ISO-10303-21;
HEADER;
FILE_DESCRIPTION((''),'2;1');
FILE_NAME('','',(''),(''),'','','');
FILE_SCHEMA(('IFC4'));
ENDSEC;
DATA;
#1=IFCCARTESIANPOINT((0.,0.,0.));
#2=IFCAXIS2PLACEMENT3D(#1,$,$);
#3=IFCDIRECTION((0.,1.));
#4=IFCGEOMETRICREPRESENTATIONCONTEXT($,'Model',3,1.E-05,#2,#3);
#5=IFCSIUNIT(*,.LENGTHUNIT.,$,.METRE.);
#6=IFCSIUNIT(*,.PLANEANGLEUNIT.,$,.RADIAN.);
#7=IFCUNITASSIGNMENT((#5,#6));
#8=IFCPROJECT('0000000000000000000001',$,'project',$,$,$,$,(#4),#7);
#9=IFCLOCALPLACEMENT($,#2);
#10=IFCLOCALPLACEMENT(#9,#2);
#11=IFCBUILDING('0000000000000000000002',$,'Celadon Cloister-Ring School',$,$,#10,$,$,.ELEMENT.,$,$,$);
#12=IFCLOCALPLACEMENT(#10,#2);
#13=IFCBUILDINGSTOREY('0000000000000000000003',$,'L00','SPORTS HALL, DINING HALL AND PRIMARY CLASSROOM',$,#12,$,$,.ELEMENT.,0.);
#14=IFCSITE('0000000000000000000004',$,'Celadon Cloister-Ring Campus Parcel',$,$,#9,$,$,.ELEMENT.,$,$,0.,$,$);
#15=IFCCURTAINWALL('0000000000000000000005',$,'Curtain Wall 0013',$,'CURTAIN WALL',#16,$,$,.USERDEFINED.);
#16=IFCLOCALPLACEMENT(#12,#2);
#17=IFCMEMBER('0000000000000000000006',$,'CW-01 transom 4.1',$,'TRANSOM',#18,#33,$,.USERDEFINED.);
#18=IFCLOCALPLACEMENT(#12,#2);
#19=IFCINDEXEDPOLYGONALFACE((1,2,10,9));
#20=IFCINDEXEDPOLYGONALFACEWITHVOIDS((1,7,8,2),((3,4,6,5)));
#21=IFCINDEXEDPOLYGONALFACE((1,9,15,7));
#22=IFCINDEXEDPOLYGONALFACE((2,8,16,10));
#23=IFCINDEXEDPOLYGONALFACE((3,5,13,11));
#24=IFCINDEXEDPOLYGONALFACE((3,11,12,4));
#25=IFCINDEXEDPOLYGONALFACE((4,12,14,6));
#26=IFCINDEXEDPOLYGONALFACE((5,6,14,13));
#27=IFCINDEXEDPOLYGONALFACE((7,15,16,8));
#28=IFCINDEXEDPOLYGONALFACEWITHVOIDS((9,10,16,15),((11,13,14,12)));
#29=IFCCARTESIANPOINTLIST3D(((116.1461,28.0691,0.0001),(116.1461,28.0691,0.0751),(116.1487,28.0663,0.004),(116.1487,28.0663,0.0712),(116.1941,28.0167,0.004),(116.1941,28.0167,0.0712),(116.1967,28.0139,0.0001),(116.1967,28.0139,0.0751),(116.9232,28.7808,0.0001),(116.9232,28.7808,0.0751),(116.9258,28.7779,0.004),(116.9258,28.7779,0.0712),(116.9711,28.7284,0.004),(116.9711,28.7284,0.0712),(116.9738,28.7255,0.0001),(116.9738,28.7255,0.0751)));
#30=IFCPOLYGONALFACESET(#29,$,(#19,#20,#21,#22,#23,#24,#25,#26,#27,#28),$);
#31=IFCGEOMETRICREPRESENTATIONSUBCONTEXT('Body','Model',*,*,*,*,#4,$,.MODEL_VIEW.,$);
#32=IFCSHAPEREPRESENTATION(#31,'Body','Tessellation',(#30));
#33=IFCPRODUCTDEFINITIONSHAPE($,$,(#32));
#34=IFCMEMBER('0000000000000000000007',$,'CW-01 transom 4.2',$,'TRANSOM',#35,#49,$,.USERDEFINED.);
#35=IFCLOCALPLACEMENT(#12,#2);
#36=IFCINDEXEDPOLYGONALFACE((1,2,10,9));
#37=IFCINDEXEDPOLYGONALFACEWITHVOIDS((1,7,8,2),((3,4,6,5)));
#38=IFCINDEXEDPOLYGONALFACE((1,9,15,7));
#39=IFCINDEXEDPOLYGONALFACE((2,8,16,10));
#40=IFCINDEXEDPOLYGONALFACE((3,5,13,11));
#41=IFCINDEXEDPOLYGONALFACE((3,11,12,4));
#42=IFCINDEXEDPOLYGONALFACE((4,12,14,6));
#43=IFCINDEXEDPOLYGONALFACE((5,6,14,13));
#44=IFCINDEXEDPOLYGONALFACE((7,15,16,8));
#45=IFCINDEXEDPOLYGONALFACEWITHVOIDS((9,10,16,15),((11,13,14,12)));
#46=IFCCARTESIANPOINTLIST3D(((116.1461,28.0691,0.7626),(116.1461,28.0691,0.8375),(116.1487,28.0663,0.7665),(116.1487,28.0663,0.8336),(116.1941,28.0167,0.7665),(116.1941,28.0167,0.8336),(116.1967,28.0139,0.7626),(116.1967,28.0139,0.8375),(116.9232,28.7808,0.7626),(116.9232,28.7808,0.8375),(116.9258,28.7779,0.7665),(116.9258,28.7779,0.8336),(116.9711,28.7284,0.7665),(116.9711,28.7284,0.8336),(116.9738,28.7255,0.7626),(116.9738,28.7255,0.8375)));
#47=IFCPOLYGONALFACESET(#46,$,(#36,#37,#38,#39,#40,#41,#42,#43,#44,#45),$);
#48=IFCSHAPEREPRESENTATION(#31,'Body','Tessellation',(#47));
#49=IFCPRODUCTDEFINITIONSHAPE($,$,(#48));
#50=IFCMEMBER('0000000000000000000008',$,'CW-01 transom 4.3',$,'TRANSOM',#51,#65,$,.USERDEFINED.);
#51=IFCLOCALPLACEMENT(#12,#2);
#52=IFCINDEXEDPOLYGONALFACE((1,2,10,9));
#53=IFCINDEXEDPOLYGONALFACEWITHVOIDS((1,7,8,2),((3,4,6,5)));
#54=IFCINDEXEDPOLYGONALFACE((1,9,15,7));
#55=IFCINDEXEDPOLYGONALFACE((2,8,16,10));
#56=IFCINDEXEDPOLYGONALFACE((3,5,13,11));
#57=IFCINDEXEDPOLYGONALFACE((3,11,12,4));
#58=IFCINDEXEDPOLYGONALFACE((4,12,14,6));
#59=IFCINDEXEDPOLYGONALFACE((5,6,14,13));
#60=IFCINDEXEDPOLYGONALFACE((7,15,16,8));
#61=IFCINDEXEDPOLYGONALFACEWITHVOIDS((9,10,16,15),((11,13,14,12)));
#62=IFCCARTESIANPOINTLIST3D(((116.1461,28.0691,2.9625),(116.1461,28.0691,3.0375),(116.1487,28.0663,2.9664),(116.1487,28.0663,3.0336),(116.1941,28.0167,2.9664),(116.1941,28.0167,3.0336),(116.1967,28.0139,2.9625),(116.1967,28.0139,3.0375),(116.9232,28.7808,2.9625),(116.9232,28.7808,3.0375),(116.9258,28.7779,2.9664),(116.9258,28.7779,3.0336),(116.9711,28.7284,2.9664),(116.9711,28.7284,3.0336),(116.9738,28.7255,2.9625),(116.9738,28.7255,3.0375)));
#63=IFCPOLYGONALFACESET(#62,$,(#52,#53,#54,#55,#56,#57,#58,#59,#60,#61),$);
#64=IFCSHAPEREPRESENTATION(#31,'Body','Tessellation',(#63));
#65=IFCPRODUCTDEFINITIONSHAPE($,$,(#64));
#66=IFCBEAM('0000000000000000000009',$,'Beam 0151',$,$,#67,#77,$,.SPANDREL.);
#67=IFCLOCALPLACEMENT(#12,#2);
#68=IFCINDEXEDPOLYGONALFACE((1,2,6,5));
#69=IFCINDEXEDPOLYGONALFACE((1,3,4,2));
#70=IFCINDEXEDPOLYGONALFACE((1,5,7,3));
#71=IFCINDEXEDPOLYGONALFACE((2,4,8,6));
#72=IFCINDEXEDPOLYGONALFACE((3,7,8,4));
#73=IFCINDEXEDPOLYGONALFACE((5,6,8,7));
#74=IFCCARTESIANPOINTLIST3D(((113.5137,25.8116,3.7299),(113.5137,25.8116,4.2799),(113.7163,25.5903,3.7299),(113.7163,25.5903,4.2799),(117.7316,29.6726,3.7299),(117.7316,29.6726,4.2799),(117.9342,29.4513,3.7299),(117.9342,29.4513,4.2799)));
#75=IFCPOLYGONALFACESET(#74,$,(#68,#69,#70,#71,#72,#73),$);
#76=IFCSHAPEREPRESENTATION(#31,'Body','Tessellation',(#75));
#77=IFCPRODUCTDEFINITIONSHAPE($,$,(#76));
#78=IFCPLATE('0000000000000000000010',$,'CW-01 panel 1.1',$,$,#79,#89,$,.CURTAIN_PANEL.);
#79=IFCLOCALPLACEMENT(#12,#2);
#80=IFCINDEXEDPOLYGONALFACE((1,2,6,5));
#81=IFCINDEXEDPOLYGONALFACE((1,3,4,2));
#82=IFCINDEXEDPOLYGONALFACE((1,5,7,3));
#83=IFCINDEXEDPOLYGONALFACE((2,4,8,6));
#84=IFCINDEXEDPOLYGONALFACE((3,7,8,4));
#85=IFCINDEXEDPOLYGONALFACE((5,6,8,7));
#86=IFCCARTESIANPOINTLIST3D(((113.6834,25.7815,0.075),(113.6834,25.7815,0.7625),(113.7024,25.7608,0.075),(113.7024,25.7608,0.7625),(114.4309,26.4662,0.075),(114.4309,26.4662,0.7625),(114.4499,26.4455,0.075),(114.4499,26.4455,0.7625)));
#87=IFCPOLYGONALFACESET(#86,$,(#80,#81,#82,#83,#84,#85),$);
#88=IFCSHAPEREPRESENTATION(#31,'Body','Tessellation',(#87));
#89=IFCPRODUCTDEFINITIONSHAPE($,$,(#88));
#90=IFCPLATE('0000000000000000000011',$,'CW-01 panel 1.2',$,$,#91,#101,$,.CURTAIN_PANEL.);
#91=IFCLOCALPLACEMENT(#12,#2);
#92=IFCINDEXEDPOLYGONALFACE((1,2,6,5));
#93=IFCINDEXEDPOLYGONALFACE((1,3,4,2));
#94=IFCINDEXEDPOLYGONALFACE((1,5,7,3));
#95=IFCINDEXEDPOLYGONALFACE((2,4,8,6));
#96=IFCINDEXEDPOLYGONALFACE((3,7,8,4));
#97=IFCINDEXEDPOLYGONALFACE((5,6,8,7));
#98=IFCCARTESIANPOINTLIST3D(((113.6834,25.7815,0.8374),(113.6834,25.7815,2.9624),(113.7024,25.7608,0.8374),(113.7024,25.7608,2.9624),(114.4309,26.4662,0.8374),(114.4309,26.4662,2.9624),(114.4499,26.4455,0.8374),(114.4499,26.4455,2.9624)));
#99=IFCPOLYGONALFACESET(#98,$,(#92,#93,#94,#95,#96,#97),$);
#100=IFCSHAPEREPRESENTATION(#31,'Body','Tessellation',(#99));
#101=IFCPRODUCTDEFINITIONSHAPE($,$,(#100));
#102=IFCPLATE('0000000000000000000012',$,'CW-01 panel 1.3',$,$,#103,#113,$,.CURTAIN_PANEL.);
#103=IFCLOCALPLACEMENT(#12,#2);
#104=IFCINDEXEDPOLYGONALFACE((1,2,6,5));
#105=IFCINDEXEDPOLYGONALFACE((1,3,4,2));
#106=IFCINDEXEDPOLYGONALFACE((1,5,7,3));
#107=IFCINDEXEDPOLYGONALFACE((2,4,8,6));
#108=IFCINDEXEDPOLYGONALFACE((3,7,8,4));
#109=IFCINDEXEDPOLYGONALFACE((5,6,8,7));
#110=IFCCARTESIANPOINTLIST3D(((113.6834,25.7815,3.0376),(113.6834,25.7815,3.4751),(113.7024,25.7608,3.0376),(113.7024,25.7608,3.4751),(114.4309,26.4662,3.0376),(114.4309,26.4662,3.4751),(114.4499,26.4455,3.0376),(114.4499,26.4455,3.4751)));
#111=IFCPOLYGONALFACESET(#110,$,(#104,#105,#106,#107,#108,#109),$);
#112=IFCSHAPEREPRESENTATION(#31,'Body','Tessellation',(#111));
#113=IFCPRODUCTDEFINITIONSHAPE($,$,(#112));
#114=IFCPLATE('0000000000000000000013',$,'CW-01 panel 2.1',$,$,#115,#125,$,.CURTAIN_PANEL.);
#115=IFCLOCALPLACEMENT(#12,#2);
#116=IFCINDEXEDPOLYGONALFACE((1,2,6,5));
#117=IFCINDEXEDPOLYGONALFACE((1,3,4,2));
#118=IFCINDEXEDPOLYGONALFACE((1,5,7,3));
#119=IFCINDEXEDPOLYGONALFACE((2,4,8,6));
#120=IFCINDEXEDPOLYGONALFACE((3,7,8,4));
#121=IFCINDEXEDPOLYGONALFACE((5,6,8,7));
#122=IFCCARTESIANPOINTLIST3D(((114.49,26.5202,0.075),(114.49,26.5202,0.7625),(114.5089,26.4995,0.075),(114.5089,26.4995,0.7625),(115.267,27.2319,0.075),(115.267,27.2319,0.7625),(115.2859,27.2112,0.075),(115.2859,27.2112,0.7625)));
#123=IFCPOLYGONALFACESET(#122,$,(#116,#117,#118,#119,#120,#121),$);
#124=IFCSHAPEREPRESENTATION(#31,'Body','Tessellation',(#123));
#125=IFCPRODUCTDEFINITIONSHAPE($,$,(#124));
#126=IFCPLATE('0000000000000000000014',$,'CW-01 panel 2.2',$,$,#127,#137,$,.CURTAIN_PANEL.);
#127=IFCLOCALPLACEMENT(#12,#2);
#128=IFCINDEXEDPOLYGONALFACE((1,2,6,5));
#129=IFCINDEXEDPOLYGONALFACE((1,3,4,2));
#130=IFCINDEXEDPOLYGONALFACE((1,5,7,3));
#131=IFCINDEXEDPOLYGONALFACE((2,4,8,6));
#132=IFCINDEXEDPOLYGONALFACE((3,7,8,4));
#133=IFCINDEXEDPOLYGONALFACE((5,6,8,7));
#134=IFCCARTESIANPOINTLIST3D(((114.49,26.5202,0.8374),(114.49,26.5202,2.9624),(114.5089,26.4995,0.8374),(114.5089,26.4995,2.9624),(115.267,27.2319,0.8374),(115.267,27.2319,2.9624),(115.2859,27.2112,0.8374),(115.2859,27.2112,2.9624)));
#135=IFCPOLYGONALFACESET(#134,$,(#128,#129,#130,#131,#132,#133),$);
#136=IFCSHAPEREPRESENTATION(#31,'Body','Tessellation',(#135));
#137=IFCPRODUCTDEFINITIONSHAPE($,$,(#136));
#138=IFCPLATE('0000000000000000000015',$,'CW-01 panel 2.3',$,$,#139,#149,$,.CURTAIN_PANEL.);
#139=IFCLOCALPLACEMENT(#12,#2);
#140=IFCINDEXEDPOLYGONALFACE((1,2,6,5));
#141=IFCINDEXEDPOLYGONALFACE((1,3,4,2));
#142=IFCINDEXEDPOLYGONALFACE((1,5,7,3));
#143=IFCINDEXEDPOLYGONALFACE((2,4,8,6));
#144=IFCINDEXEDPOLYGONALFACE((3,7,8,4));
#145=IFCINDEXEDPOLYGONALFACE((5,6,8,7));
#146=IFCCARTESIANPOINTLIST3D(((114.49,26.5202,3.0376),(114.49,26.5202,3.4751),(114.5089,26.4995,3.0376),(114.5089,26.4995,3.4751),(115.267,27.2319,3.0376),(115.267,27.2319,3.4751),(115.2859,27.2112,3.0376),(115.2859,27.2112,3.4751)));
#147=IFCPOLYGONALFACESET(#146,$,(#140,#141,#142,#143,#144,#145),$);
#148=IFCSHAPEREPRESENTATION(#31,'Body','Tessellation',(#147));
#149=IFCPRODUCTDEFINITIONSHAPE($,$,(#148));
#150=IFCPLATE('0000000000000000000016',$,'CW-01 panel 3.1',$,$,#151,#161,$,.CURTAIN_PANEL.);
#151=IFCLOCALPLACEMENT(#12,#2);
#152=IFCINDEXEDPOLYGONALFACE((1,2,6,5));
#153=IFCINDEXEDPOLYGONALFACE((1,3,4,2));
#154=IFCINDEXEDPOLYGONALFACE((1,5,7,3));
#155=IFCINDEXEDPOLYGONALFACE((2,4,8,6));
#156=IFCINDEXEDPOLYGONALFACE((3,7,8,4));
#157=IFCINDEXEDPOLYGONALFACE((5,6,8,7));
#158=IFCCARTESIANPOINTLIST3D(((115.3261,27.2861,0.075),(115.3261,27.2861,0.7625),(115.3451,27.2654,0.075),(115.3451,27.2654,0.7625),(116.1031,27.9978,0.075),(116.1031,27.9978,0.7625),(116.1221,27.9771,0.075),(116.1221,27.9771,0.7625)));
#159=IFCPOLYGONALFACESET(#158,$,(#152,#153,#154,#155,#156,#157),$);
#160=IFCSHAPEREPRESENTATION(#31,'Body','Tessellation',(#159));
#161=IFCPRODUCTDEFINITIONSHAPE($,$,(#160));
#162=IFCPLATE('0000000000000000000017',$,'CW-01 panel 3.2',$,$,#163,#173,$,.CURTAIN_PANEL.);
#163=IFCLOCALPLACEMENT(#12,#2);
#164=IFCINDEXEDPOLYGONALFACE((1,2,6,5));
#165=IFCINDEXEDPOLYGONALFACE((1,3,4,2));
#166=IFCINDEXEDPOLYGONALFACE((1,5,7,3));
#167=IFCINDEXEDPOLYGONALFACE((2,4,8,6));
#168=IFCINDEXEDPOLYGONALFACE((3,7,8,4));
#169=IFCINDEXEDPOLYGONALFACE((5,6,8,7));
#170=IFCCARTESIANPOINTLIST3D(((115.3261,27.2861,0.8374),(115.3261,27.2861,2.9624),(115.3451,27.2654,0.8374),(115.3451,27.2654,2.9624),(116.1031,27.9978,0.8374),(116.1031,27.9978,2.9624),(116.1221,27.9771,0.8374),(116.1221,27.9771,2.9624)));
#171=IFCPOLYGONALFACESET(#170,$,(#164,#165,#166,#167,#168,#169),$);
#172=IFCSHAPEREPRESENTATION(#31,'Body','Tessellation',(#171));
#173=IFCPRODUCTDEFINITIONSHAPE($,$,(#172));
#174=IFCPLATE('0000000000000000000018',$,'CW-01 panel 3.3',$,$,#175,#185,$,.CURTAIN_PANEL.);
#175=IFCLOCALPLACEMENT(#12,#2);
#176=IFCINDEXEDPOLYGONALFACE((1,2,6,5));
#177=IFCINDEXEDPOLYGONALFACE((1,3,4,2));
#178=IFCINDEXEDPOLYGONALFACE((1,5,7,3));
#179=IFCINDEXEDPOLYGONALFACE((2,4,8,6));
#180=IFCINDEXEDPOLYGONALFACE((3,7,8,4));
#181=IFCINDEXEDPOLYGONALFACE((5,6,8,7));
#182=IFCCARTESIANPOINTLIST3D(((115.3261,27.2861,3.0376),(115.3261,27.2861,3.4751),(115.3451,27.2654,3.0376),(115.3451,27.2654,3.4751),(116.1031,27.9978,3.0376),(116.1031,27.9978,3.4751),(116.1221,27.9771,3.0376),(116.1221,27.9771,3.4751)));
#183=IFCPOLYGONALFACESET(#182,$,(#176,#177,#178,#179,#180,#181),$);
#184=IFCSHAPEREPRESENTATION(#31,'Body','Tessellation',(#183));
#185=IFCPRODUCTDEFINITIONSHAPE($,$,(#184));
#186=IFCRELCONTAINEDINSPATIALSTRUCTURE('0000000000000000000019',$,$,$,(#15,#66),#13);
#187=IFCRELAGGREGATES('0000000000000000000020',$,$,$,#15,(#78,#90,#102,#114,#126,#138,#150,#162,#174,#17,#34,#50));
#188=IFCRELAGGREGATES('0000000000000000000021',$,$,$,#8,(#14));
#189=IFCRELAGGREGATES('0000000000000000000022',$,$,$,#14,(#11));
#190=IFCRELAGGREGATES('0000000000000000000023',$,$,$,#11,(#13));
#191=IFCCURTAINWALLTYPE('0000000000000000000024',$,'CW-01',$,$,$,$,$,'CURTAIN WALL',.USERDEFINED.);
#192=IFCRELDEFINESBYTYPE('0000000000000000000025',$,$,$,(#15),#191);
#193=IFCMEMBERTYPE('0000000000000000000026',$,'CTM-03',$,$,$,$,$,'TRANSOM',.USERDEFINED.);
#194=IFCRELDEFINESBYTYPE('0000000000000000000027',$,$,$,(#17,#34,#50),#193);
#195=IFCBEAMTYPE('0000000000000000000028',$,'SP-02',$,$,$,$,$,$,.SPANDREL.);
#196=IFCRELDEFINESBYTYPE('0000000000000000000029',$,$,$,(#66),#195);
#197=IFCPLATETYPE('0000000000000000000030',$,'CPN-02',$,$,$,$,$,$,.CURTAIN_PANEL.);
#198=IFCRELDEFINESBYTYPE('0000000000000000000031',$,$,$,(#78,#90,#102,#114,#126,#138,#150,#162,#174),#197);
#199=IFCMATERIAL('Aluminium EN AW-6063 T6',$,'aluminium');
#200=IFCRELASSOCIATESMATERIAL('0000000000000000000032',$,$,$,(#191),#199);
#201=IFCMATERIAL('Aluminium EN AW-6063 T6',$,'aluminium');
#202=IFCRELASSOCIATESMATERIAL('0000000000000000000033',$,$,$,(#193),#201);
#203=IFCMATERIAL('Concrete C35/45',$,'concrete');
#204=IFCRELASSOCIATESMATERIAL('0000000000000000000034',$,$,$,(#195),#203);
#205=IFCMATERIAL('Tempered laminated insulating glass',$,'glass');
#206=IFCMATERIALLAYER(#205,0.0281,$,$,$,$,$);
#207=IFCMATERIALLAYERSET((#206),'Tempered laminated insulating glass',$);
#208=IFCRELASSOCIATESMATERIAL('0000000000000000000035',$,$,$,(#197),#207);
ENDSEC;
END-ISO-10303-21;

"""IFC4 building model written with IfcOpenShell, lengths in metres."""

from ifc_helpers import new_model, si_unit, direction, frame, origin, origin_2d, place, context, subcontext, project, spatial, rectangle, hollow_rectangle, extrude, material, layer, layer_set, material_profile, profile_set, type_object, element, aggregate, save


model = new_model("IFC4")

# Units and contexts
model_context = context("Model", 3, precision=1e-05, world=origin(), true_north=direction((0.0, 1.0)))
body_context = subcontext(model_context, "Body", "Model", "MODEL_VIEW")
ifc_project = project(units=[si_unit("LENGTHUNIT", "METRE"), si_unit("PLANEANGLEUNIT", "RADIAN")], contexts=[model_context])

# Site, building, storey
site_placement = place(None, origin())
site = spatial("IfcSite", under=ifc_project, at=site_placement, Name="Celadon Cloister-Ring Campus Parcel", CompositionType="ELEMENT", RefElevation=0.0)
building_placement = place(site_placement, origin())
building = spatial("IfcBuilding", under=site, at=building_placement, Name="Celadon Cloister-Ring School", CompositionType="ELEMENT")
storey_placement = place(building_placement, origin())
storey = spatial("IfcBuildingStorey", under=building, at=storey_placement, Name="L00", Description="SPORTS HALL, DINING HALL AND PRIMARY CLASSROOM", CompositionType="ELEMENT", Elevation=0.0)

# Curtain wall, members
ifc_material_1 = material(Name="Aluminium EN AW-6063 T6", Category="aluminium")
curtain_wall_type = type_object("IfcCurtainWallType", Name="CW-01", ElementType="CURTAIN WALL", PredefinedType="USERDEFINED", material=ifc_material_1)
curtain_wall_placement = place(storey_placement, origin())
curtain_wall = element("IfcCurtainWall", 1, at=curtain_wall_placement, inside=storey, type_object=curtain_wall_type, Name="Curtain Wall 0013", ObjectType="CURTAIN WALL", PredefinedType="USERDEFINED")
ifc_material_2 = material(Name="Aluminium EN AW-6063 T6", Category="aluminium")
ifc_material_profile_1 = material_profile(ifc_material_2, hollow_rectangle(XDim=0.075, YDim=0.075, WallThickness=0.0039, at=origin_2d()), Name="RHS75X75X4")
ifc_profile_set_1 = profile_set([ifc_material_profile_1], Name="Aluminium EN AW-6063 T6")
member_type_1 = type_object("IfcMemberType", Name="CTM-03", ElementType="TRANSOM", PredefinedType="USERDEFINED", material=ifc_profile_set_1)
member_1_placement = place(storey_placement, frame((116.1714, 28.0415, 0.0376), z_axis=(0.737471, 0.675378, 0.0), x_axis=(-0.675378, 0.737471, 0.0)))
member_1 = element("IfcMember", 2, at=member_1_placement, type_object=member_type_1, Name="CW-01 transom 4.1", ObjectType="TRANSOM", PredefinedType="USERDEFINED", context=body_context, shape_type="SweptSolid", body=[
    extrude(hollow_rectangle(XDim=0.075, YDim=0.075, WallThickness=0.0039, at=origin_2d()), origin(), (0.0, 0.0, 1.0), 1.0537),
])
member_2_placement = place(storey_placement, frame((116.1714, 28.0415, 0.8), z_axis=(0.737471, 0.675378, 0.0), x_axis=(-0.675378, 0.737471, 0.0)))
member_2 = element("IfcMember", 3, at=member_2_placement, type_object=member_type_1, Name="CW-01 transom 4.2", ObjectType="TRANSOM", PredefinedType="USERDEFINED", context=body_context, shape_type="SweptSolid", body=[
    extrude(hollow_rectangle(XDim=0.075, YDim=0.075, WallThickness=0.0039, at=origin_2d()), origin(), (0.0, 0.0, 1.0), 1.0537),
])
member_3_placement = place(storey_placement, frame((116.1714, 28.0415, 3.0), z_axis=(0.737471, 0.675378, 0.0), x_axis=(-0.675378, 0.737471, 0.0)))
member_3 = element("IfcMember", 4, at=member_3_placement, type_object=member_type_1, Name="CW-01 transom 4.3", ObjectType="TRANSOM", PredefinedType="USERDEFINED", context=body_context, shape_type="SweptSolid", body=[
    extrude(hollow_rectangle(XDim=0.075, YDim=0.075, WallThickness=0.0039, at=origin_2d()), origin(), (0.0, 0.0, 1.0), 1.0537),
])

# Beam
ifc_material_3 = material(Name="Concrete C35/45", Category="concrete")
ifc_material_profile_2 = material_profile(ifc_material_3, rectangle(XDim=0.3, YDim=0.55, at=origin_2d()), Name="RC300X550")
ifc_profile_set_2 = profile_set([ifc_material_profile_2], Name="Concrete C35/45")
beam_type = type_object("IfcBeamType", Name="SP-02", PredefinedType="SPANDREL", material=ifc_profile_set_2)
beam_placement = place(storey_placement, frame((113.615, 25.7009, 4.0049), z_axis=(0.737627, 0.675208, 0.0), x_axis=(-0.675208, 0.737627, 0.0)))
element("IfcBeam", 5, at=beam_placement, inside=storey, type_object=beam_type, Name="Beam 0151", PredefinedType="SPANDREL", context=body_context, shape_type="SweptSolid", body=[
    extrude(rectangle(XDim=0.3, YDim=0.55, at=origin_2d()), origin(), (0.0, 0.0, 1.0), 5.7183),
])

# Plates
ifc_material_4 = material(Name="Tempered laminated insulating glass", Category="glass")
ifc_layer = layer(ifc_material_4, 0.0281)
ifc_layer_set = layer_set([ifc_layer], Name="Tempered laminated insulating glass")
plate_type = type_object("IfcPlateType", Name="CPN-02", PredefinedType="CURTAIN_PANEL", material=ifc_layer_set)
plate_1_placement = place(storey_placement, frame((114.0667, 26.1135, 0.075), z_axis=(0.0, 0.0, 1.0), x_axis=(0.737388, 0.675469, 0.0)))
plate_1 = element("IfcPlate", 6, at=plate_1_placement, type_object=plate_type, Name="CW-01 panel 1.1", PredefinedType="CURTAIN_PANEL", context=body_context, shape_type="SweptSolid", body=[
    extrude(rectangle(XDim=1.0137, YDim=0.0281, at=origin_2d()), origin(), (0.0, 0.0, 1.0), 0.6875),
])
plate_2_placement = place(storey_placement, frame((114.0667, 26.1135, 0.8374), z_axis=(0.0, 0.0, 1.0), x_axis=(0.737388, 0.675469, 0.0)))
plate_2 = element("IfcPlate", 7, at=plate_2_placement, type_object=plate_type, Name="CW-01 panel 1.2", PredefinedType="CURTAIN_PANEL", context=body_context, shape_type="SweptSolid", body=[
    extrude(rectangle(XDim=1.0137, YDim=0.0281, at=origin_2d()), origin(), (0.0, 0.0, 1.0), 2.125),
])
plate_3_placement = place(storey_placement, frame((114.0667, 26.1135, 3.0376), z_axis=(0.0, 0.0, 1.0), x_axis=(0.737388, 0.675469, 0.0)))
plate_3 = element("IfcPlate", 8, at=plate_3_placement, type_object=plate_type, Name="CW-01 panel 1.3", PredefinedType="CURTAIN_PANEL", context=body_context, shape_type="SweptSolid", body=[
    extrude(rectangle(XDim=1.0137, YDim=0.0281, at=origin_2d()), origin(), (0.0, 0.0, 1.0), 0.4375),
])
plate_4_placement = place(storey_placement, frame((114.8879, 26.8657, 0.075), z_axis=(0.0, 0.0, 1.0), x_axis=(0.737388, 0.675469, 0.0)))
plate_4 = element("IfcPlate", 9, at=plate_4_placement, type_object=plate_type, Name="CW-01 panel 2.1", PredefinedType="CURTAIN_PANEL", context=body_context, shape_type="SweptSolid", body=[
    extrude(rectangle(XDim=1.0537, YDim=0.0281, at=origin_2d()), origin(), (0.0, 0.0, 1.0), 0.6875),
])
plate_5_placement = place(storey_placement, frame((114.8879, 26.8657, 0.8374), z_axis=(0.0, 0.0, 1.0), x_axis=(0.737388, 0.675469, 0.0)))
plate_5 = element("IfcPlate", 10, at=plate_5_placement, type_object=plate_type, Name="CW-01 panel 2.2", PredefinedType="CURTAIN_PANEL", context=body_context, shape_type="SweptSolid", body=[
    extrude(rectangle(XDim=1.0537, YDim=0.0281, at=origin_2d()), origin(), (0.0, 0.0, 1.0), 2.125),
])
plate_6_placement = place(storey_placement, frame((114.8879, 26.8657, 3.0376), z_axis=(0.0, 0.0, 1.0), x_axis=(0.737388, 0.675469, 0.0)))
plate_6 = element("IfcPlate", 11, at=plate_6_placement, type_object=plate_type, Name="CW-01 panel 2.3", PredefinedType="CURTAIN_PANEL", context=body_context, shape_type="SweptSolid", body=[
    extrude(rectangle(XDim=1.0537, YDim=0.0281, at=origin_2d()), origin(), (0.0, 0.0, 1.0), 0.4375),
])
plate_7_placement = place(storey_placement, frame((115.7241, 27.6316, 0.075), z_axis=(0.0, 0.0, 1.0), x_axis=(0.737388, 0.675469, 0.0)))
plate_7 = element("IfcPlate", 12, at=plate_7_placement, type_object=plate_type, Name="CW-01 panel 3.1", PredefinedType="CURTAIN_PANEL", context=body_context, shape_type="SweptSolid", body=[
    extrude(rectangle(XDim=1.0537, YDim=0.0281, at=origin_2d()), origin(), (0.0, 0.0, 1.0), 0.6875),
])
plate_8_placement = place(storey_placement, frame((115.7241, 27.6316, 0.8374), z_axis=(0.0, 0.0, 1.0), x_axis=(0.737388, 0.675469, 0.0)))
plate_8 = element("IfcPlate", 13, at=plate_8_placement, type_object=plate_type, Name="CW-01 panel 3.2", PredefinedType="CURTAIN_PANEL", context=body_context, shape_type="SweptSolid", body=[
    extrude(rectangle(XDim=1.0537, YDim=0.0281, at=origin_2d()), origin(), (0.0, 0.0, 1.0), 2.125),
])
plate_9_placement = place(storey_placement, frame((115.7241, 27.6316, 3.0376), z_axis=(0.0, 0.0, 1.0), x_axis=(0.737388, 0.675469, 0.0)))
plate_9 = element("IfcPlate", 14, at=plate_9_placement, type_object=plate_type, Name="CW-01 panel 3.3", PredefinedType="CURTAIN_PANEL", context=body_context, shape_type="SweptSolid", body=[
    extrude(rectangle(XDim=1.0537, YDim=0.0281, at=origin_2d()), origin(), (0.0, 0.0, 1.0), 0.4375),
])
aggregate(curtain_wall, [plate_1, plate_2, plate_3, plate_4, plate_5, plate_6, plate_7, plate_8, plate_9, member_1, member_2, member_3])

save(model, "model.ifc")
